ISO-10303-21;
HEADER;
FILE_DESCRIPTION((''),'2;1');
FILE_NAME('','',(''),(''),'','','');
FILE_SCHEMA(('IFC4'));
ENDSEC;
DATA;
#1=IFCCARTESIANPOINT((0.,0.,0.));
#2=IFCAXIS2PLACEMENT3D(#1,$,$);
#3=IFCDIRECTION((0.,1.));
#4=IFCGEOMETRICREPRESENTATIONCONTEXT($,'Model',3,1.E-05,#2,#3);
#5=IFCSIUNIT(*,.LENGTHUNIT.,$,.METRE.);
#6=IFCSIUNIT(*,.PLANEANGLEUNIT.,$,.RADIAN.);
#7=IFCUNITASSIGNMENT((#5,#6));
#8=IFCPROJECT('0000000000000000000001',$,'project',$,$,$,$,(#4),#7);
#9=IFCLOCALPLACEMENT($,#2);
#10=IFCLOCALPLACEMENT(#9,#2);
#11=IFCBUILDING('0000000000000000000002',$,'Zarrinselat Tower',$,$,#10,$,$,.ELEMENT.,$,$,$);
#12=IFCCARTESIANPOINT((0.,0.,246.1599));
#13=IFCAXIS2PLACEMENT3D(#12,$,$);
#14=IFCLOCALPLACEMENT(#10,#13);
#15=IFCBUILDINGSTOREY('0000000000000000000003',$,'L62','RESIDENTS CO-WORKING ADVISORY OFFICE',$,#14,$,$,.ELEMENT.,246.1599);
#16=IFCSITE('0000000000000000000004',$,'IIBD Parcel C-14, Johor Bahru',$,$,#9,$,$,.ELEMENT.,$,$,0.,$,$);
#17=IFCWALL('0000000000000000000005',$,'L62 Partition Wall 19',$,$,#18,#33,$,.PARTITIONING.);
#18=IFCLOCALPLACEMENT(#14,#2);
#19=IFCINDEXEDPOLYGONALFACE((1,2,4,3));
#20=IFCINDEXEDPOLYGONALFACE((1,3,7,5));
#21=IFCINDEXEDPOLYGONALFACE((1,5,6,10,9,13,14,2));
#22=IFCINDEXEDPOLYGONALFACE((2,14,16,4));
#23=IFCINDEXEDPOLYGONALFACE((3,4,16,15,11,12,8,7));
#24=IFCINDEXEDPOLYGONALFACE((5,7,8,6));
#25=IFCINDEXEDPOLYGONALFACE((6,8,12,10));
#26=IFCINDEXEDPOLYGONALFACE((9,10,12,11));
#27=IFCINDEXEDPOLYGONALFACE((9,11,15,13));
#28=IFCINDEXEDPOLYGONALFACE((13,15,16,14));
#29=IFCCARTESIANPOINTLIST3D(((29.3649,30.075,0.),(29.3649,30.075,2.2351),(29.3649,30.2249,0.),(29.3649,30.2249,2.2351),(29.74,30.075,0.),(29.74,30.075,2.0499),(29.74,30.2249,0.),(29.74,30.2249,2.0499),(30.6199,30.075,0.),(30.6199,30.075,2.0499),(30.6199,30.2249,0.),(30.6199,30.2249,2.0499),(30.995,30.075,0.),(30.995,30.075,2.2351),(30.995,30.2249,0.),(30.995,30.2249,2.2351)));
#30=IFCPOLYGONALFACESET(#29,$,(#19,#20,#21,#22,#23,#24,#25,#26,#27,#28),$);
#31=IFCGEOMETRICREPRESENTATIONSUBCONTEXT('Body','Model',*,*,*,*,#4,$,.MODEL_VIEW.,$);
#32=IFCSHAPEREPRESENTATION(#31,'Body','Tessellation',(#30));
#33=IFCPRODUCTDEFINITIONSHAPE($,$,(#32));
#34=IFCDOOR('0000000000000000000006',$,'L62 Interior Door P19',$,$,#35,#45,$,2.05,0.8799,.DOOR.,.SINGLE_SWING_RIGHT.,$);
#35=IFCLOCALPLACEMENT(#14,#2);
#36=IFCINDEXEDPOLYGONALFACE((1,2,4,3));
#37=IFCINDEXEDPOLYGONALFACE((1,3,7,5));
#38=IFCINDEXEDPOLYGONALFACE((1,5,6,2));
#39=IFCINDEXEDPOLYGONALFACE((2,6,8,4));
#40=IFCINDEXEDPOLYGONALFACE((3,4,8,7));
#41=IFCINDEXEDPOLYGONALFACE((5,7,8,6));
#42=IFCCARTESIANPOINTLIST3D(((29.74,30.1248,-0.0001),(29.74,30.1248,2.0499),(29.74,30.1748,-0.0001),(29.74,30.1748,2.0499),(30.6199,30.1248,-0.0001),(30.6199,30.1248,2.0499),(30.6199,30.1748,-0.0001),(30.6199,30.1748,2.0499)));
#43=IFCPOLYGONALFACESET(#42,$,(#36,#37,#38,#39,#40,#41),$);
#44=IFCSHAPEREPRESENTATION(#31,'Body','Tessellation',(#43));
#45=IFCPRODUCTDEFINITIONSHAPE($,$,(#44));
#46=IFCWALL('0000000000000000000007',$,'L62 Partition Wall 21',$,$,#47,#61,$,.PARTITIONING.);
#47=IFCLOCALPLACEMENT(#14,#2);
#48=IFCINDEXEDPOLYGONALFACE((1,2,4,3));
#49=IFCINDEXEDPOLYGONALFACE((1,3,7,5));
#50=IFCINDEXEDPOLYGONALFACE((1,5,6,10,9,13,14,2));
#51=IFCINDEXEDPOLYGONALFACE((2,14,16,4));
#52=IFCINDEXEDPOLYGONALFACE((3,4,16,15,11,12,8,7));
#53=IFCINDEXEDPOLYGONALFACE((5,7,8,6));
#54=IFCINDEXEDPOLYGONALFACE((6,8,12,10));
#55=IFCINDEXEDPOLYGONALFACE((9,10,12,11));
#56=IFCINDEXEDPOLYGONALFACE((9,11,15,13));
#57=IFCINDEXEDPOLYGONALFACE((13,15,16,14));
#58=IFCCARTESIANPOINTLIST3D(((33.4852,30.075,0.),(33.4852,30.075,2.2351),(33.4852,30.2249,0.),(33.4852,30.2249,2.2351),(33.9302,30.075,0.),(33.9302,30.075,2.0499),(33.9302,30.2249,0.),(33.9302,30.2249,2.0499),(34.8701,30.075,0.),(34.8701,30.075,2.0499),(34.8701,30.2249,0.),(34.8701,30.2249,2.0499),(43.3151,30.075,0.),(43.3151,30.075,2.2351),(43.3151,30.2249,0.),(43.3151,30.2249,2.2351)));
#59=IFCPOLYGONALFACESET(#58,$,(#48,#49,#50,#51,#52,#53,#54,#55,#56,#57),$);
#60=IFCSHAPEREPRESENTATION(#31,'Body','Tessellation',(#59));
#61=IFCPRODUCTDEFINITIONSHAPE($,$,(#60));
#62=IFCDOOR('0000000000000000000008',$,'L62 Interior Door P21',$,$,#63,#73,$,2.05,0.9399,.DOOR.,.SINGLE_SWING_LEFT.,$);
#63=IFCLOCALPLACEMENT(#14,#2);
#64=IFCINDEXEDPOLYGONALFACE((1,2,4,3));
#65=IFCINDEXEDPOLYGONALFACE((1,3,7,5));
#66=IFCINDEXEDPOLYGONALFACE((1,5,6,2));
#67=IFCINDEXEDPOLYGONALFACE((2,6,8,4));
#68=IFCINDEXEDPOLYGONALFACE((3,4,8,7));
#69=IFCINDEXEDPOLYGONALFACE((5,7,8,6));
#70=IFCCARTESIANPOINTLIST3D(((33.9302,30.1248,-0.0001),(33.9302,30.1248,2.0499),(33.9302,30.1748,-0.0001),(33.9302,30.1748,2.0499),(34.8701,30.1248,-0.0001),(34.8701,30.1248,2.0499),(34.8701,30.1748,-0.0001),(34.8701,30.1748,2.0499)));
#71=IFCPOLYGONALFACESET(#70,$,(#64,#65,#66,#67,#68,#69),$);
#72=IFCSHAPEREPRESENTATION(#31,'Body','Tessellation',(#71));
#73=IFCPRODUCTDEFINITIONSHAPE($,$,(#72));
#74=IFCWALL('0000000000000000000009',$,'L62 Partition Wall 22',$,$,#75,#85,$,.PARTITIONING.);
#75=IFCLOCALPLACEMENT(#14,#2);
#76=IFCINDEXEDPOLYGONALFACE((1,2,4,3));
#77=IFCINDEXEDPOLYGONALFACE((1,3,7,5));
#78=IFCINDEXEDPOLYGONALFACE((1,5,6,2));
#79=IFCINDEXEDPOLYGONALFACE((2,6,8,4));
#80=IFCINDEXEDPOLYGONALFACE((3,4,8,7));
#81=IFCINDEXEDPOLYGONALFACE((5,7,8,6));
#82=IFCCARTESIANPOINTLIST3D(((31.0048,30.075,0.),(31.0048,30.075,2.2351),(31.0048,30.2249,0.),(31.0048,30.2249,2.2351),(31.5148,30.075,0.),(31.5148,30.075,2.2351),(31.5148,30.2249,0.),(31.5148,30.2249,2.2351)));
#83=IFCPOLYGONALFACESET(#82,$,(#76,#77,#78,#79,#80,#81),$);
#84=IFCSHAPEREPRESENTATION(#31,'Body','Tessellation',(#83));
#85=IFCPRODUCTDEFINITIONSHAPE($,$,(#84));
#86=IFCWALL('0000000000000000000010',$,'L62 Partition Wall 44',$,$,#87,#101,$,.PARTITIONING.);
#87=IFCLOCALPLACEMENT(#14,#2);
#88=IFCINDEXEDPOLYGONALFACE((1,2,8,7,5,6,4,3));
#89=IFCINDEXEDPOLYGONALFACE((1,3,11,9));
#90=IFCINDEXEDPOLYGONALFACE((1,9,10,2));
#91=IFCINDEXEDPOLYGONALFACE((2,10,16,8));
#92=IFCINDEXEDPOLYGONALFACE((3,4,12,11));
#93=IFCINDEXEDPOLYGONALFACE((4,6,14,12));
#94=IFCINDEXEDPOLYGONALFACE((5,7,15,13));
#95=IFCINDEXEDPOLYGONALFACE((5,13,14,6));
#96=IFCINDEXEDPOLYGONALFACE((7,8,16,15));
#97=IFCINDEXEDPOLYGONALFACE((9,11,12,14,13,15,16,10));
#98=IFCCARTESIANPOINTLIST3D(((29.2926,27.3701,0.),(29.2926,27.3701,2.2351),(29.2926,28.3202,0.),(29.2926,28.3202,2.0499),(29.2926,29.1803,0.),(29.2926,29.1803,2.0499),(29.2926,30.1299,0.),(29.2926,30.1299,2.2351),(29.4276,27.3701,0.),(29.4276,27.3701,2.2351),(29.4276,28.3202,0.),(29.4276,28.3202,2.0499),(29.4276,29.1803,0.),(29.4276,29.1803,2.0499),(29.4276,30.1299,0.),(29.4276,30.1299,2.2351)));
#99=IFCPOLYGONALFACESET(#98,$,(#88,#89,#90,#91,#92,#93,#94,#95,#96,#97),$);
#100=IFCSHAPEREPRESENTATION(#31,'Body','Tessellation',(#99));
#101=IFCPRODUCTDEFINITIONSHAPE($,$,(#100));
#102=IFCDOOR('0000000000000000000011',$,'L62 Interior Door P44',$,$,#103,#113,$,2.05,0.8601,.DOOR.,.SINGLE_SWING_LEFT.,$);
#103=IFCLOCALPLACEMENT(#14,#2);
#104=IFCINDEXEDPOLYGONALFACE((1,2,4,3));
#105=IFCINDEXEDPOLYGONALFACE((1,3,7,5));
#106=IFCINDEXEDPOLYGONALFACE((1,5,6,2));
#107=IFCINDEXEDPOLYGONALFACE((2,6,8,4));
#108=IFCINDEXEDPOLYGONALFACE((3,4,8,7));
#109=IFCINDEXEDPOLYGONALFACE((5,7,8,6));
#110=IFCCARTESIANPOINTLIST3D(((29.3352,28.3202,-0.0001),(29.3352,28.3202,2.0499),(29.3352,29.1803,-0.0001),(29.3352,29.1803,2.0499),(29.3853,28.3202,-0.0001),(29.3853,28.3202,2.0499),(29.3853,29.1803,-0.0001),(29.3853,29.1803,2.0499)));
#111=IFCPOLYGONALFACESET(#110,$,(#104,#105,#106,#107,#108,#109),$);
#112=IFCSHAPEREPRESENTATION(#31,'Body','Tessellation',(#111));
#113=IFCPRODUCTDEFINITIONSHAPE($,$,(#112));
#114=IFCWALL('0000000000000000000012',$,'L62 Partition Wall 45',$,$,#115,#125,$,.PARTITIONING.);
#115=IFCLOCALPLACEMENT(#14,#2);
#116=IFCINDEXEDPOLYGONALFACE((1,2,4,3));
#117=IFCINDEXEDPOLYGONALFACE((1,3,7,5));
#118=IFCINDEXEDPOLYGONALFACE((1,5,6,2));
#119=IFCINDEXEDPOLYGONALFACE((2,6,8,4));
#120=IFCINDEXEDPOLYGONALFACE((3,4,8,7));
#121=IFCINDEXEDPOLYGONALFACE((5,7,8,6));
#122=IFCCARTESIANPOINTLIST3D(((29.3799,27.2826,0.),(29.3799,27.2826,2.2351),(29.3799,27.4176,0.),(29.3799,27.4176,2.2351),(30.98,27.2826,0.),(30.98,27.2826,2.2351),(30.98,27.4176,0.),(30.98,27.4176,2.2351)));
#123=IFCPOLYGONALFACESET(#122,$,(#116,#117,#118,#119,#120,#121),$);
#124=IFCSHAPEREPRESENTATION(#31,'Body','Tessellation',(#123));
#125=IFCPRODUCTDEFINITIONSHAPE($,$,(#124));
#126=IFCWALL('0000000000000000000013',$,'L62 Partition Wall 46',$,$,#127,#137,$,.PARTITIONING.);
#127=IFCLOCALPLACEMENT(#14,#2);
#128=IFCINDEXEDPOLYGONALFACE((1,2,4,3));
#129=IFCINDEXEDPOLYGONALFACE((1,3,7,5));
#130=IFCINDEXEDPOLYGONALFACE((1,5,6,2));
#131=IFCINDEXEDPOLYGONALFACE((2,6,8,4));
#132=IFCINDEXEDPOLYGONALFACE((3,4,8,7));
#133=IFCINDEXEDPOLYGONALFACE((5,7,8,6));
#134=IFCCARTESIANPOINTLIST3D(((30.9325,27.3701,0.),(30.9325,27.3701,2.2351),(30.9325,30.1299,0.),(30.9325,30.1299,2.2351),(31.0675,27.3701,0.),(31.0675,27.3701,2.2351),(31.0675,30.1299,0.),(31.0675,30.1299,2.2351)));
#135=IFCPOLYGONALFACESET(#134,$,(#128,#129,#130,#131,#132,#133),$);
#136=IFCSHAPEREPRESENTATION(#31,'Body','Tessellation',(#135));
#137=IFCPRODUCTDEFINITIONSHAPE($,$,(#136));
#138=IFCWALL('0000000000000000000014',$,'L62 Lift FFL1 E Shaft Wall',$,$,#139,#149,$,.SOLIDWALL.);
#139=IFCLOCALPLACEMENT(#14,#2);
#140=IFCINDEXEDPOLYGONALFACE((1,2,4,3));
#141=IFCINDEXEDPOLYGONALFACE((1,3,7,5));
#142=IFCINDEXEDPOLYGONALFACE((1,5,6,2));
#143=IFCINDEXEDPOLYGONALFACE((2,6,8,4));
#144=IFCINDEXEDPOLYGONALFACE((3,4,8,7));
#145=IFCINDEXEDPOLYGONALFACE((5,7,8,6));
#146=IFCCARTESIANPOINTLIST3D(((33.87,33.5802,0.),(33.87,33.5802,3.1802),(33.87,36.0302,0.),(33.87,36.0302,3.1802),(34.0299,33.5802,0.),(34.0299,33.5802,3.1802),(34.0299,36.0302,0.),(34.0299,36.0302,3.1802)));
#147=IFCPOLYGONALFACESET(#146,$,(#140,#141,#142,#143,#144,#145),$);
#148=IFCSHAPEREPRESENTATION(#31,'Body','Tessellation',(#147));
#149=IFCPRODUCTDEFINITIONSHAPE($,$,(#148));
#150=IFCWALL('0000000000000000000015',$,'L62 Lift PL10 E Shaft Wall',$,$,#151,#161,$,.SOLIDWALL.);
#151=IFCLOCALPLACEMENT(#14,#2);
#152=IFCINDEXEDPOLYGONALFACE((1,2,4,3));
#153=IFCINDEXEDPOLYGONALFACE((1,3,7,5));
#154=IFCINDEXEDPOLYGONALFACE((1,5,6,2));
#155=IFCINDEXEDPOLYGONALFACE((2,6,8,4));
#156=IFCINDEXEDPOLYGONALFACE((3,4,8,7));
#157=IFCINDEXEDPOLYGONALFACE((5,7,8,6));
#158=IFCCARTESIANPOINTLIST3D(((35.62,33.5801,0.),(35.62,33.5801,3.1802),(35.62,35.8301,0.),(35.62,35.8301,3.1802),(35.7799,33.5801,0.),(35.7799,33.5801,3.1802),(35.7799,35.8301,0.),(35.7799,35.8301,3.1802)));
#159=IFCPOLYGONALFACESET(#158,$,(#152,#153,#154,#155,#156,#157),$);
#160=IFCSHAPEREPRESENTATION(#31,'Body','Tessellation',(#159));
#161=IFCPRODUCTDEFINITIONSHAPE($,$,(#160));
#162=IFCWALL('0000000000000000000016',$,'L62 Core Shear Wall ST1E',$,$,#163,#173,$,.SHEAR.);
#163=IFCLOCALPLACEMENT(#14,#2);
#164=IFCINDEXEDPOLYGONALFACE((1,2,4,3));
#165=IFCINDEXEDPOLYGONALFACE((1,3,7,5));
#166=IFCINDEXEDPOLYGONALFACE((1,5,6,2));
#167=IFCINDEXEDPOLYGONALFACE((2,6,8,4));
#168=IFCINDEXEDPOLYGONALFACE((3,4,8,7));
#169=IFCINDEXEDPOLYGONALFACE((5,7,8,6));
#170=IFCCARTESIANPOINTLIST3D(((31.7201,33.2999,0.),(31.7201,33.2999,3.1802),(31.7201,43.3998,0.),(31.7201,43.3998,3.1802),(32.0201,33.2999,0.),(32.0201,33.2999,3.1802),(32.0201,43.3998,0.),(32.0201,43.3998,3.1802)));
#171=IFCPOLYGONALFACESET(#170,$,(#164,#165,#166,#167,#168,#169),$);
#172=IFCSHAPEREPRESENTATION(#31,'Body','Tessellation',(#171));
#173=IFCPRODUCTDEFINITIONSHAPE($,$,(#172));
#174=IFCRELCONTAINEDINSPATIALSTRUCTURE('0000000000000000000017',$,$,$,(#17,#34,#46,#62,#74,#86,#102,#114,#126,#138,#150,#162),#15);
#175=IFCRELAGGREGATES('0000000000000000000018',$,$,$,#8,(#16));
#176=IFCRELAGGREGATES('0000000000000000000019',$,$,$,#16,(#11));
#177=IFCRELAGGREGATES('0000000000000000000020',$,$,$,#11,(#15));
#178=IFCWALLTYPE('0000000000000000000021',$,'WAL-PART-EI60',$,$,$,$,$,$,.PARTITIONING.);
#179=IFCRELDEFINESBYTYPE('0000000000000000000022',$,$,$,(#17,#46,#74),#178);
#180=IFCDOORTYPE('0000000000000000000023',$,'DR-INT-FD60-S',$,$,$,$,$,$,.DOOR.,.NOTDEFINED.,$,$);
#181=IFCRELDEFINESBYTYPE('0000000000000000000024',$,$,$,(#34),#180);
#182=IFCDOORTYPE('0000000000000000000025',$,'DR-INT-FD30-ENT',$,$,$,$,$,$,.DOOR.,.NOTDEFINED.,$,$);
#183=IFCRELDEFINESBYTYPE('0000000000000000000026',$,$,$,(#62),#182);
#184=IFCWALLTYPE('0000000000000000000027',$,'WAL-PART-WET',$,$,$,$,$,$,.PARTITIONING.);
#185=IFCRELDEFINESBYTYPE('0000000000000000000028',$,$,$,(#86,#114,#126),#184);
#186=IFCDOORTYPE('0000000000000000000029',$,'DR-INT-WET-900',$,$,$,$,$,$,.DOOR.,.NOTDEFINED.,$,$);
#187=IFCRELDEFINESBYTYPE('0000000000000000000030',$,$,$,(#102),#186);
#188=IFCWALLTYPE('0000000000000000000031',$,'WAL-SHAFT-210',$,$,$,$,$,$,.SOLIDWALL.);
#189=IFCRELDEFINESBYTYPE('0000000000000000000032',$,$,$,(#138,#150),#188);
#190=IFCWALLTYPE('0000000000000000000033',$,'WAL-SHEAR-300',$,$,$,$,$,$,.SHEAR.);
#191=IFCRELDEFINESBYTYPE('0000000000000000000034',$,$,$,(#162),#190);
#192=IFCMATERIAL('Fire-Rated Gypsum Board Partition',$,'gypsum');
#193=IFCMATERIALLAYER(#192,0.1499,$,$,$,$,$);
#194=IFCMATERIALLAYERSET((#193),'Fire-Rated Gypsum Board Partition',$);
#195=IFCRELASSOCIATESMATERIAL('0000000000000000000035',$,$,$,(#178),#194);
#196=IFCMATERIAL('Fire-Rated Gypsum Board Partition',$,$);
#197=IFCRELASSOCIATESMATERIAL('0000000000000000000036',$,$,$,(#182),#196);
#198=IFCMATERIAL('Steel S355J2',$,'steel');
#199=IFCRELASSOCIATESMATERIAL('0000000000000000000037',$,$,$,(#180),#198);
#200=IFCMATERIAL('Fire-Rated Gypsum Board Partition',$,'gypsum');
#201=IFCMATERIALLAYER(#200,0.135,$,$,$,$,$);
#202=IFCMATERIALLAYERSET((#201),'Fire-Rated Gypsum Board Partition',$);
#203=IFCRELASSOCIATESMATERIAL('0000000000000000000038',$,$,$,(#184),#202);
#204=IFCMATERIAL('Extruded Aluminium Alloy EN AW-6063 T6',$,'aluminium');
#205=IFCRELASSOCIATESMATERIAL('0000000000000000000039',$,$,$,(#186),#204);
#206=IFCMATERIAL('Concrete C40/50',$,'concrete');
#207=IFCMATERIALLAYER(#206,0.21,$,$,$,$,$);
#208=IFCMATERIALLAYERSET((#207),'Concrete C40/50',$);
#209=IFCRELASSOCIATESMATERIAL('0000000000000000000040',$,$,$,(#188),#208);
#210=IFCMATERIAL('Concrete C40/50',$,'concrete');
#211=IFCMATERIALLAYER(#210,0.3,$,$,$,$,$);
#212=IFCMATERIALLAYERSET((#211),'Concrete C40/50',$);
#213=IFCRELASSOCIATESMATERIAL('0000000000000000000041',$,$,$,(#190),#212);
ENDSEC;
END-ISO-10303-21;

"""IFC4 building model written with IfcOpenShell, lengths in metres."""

from ifc_helpers import new_model, si_unit, direction, frame, frame_2d, origin, place, context, subcontext, project, spatial, rectangle, extrude, material, layer, layer_set, type_object, element, fill, save


model = new_model("IFC4")

# Units and contexts
model_context = context("Model", 3, precision=1e-05, world=origin(), true_north=direction((0.0, 1.0)))
body_context = subcontext(model_context, "Body", "Model", "MODEL_VIEW")
ifc_project = project(units=[si_unit("LENGTHUNIT", "METRE"), si_unit("PLANEANGLEUNIT", "RADIAN")], contexts=[model_context])

# Site, building, storey
site_placement = place(None, origin())
site = spatial("IfcSite", under=ifc_project, at=site_placement, Name="IIBD Parcel C-14, Johor Bahru", CompositionType="ELEMENT", RefElevation=0.0)
building_placement = place(site_placement, origin())
building = spatial("IfcBuilding", under=site, at=building_placement, Name="Zarrinselat Tower", CompositionType="ELEMENT")
storey_placement = place(building_placement, frame((0.0, 0.0, 246.1599)))
storey = spatial("IfcBuildingStorey", under=building, at=storey_placement, Name="L62", Description="RESIDENTS CO-WORKING ADVISORY OFFICE", CompositionType="ELEMENT", Elevation=246.1599)

# Walls, openings, doors
ifc_material_1 = material(Name="Fire-Rated Gypsum Board Partition", Category="gypsum")
ifc_layer_1 = layer(ifc_material_1, 0.1499)
ifc_layer_set_1 = layer_set([ifc_layer_1], Name="Fire-Rated Gypsum Board Partition")
wall_type_1 = type_object("IfcWallType", Name="WAL-PART-EI60", PredefinedType="PARTITIONING", material=ifc_layer_set_1)
ifc_material_2 = material(Name="Fire-Rated Gypsum Board Partition")
door_type_1 = type_object("IfcDoorType", Name="DR-INT-FD30-ENT", OperationType="NOTDEFINED", PredefinedType="DOOR", material=ifc_material_2)
wall_1_placement = place(storey_placement, frame((29.365, 30.1499, 0.0), z_axis=(0.0, 0.0, 1.0), x_axis=(1.0, 0.0, 0.0)))
wall_1 = element("IfcWall", 1, at=wall_1_placement, inside=storey, type_object=wall_type_1, Name="L62 Partition Wall 19", PredefinedType="PARTITIONING", context=body_context, shape_type="SweptSolid", body=[
    extrude(rectangle(XDim=1.6301, YDim=0.1499, at=frame_2d((0.8149, 0.0))), origin(), (0.0, 0.0, 1.0), 2.2351),
])
opening_1_placement = place(wall_1_placement, frame((0.375, 0.0, 0.0)))
opening_1 = element("IfcOpeningElement", 2, at=opening_1_placement, cuts=wall_1, PredefinedType="OPENING", context=body_context, shape_type="SweptSolid", body=[
    extrude(rectangle(XDim=0.8799, YDim=2.05, at=frame_2d((0.4399, 1.0249))), frame((0.0, 0.085, 0.0), z_axis=(0.0, -1.0, 0.0), x_axis=(1.0, 0.0, 0.0)), (0.0, 0.0, 1.0), 0.1699),
])
ifc_material_3 = material(Name="Steel S355J2", Category="steel")
door_type_2 = type_object("IfcDoorType", Name="DR-INT-FD60-S", OperationType="NOTDEFINED", PredefinedType="DOOR", material=ifc_material_3)
door_1_placement = place(opening_1_placement, origin())
door_1 = element("IfcDoor", 3, at=door_1_placement, inside=storey, type_object=door_type_2, Name="L62 Interior Door P19", OperationType="SINGLE_SWING_RIGHT", OverallHeight=2.05, OverallWidth=0.8799, PredefinedType="DOOR", context=body_context, shape_type="SweptSolid", body=[
    extrude(rectangle(XDim=0.8799, YDim=2.05, at=frame_2d((0.4399, 1.0249))), frame((0.0, 0.0249, 0.0), z_axis=(0.0, -1.0, 0.0), x_axis=(1.0, 0.0, 0.0)), (0.0, 0.0, 1.0), 0.05),
])
fill(opening_1, door_1)
wall_2_placement = place(storey_placement, frame((33.4851, 30.1499, 0.0), z_axis=(0.0, 0.0, 1.0), x_axis=(1.0, 0.0, 0.0)))
wall_2 = element("IfcWall", 4, at=wall_2_placement, inside=storey, type_object=wall_type_1, Name="L62 Partition Wall 21", PredefinedType="PARTITIONING", context=body_context, shape_type="SweptSolid", body=[
    extrude(rectangle(XDim=9.8298, YDim=0.1499, at=frame_2d((4.915, 0.0))), origin(), (0.0, 0.0, 1.0), 2.2351),
])
opening_2_placement = place(wall_2_placement, frame((0.4451, 0.0, 0.0)))
opening_2 = element("IfcOpeningElement", 5, at=opening_2_placement, cuts=wall_2, PredefinedType="OPENING", context=body_context, shape_type="SweptSolid", body=[
    extrude(rectangle(XDim=0.9399, YDim=2.05, at=frame_2d((0.47, 1.0249))), frame((0.0, 0.085, 0.0), z_axis=(0.0, -1.0, 0.0), x_axis=(1.0, 0.0, 0.0)), (0.0, 0.0, 1.0), 0.1699),
])
door_2_placement = place(opening_2_placement, origin())
door_2 = element("IfcDoor", 6, at=door_2_placement, inside=storey, type_object=door_type_1, Name="L62 Interior Door P21", OperationType="SINGLE_SWING_LEFT", OverallHeight=2.05, OverallWidth=0.9399, PredefinedType="DOOR", context=body_context, shape_type="SweptSolid", body=[
    extrude(rectangle(XDim=0.9399, YDim=2.05, at=frame_2d((0.47, 1.0249))), frame((0.0, 0.0249, 0.0), z_axis=(0.0, -1.0, 0.0), x_axis=(1.0, 0.0, 0.0)), (0.0, 0.0, 1.0), 0.05),
])
fill(opening_2, door_2)

# Wall
wall_3_placement = place(storey_placement, frame((31.0049, 30.1499, 0.0), z_axis=(0.0, 0.0, 1.0), x_axis=(1.0, 0.0, 0.0)))
element("IfcWall", 7, at=wall_3_placement, inside=storey, type_object=wall_type_1, Name="L62 Partition Wall 22", PredefinedType="PARTITIONING", context=body_context, shape_type="SweptSolid", body=[
    extrude(rectangle(XDim=0.51, YDim=0.1499, at=frame_2d((0.2549, 0.0))), origin(), (0.0, 0.0, 1.0), 2.2351),
])

# Wall, opening, door
ifc_material_4 = material(Name="Fire-Rated Gypsum Board Partition", Category="gypsum")
ifc_layer_2 = layer(ifc_material_4, 0.135)
ifc_layer_set_2 = layer_set([ifc_layer_2], Name="Fire-Rated Gypsum Board Partition")
wall_type_2 = type_object("IfcWallType", Name="WAL-PART-WET", PredefinedType="PARTITIONING", material=ifc_layer_set_2)
wall_4_placement = place(storey_placement, frame((29.3601, 27.3701, 0.0), z_axis=(0.0, 0.0, 1.0), x_axis=(0.0, 1.0, 0.0)))
wall_4 = element("IfcWall", 8, at=wall_4_placement, inside=storey, type_object=wall_type_2, Name="L62 Partition Wall 44", PredefinedType="PARTITIONING", context=body_context, shape_type="SweptSolid", body=[
    extrude(rectangle(XDim=2.7598, YDim=0.135, at=frame_2d((1.3799, 0.0))), origin(), (0.0, 0.0, 1.0), 2.2351),
])
opening_3_placement = place(wall_4_placement, frame((0.95, 0.0, 0.0)))
opening_3 = element("IfcOpeningElement", 9, at=opening_3_placement, cuts=wall_4, PredefinedType="OPENING", context=body_context, shape_type="SweptSolid", body=[
    extrude(rectangle(XDim=0.8601, YDim=2.05, at=frame_2d((0.4302, 1.0249))), frame((0.0, 0.0774, 0.0), z_axis=(0.0, -1.0, 0.0), x_axis=(1.0, 0.0, 0.0)), (0.0, 0.0, 1.0), 0.155),
])
ifc_material_5 = material(Name="Extruded Aluminium Alloy EN AW-6063 T6", Category="aluminium")
door_type_3 = type_object("IfcDoorType", Name="DR-INT-WET-900", OperationType="NOTDEFINED", PredefinedType="DOOR", material=ifc_material_5)
door_3_placement = place(opening_3_placement, origin())
door_3 = element("IfcDoor", 10, at=door_3_placement, inside=storey, type_object=door_type_3, Name="L62 Interior Door P44", OperationType="SINGLE_SWING_LEFT", OverallHeight=2.05, OverallWidth=0.8601, PredefinedType="DOOR", context=body_context, shape_type="SweptSolid", body=[
    extrude(rectangle(XDim=0.8601, YDim=2.05, at=frame_2d((0.4302, 1.0249))), frame((0.0, 0.0249, 0.0), z_axis=(0.0, -1.0, 0.0), x_axis=(1.0, 0.0, 0.0)), (0.0, 0.0, 1.0), 0.05),
])
fill(opening_3, door_3)

# Walls
wall_5_placement = place(storey_placement, frame((29.3799, 27.3501, 0.0), z_axis=(0.0, 0.0, 1.0), x_axis=(1.0, 0.0, 0.0)))
element("IfcWall", 11, at=wall_5_placement, inside=storey, type_object=wall_type_2, Name="L62 Partition Wall 45", PredefinedType="PARTITIONING", context=body_context, shape_type="SweptSolid", body=[
    extrude(rectangle(XDim=1.6001, YDim=0.135, at=frame_2d((0.8, 0.0))), origin(), (0.0, 0.0, 1.0), 2.2351),
])
wall_6_placement = place(storey_placement, frame((31.0, 27.3701, 0.0), z_axis=(0.0, 0.0, 1.0), x_axis=(0.0, 1.0, 0.0)))
element("IfcWall", 12, at=wall_6_placement, inside=storey, type_object=wall_type_2, Name="L62 Partition Wall 46", PredefinedType="PARTITIONING", context=body_context, shape_type="SweptSolid", body=[
    extrude(rectangle(XDim=2.7598, YDim=0.135, at=frame_2d((1.3799, 0.0))), origin(), (0.0, 0.0, 1.0), 2.2351),
])
ifc_material_6 = material(Name="Concrete C40/50", Category="concrete")
ifc_layer_3 = layer(ifc_material_6, 0.21)
ifc_layer_set_3 = layer_set([ifc_layer_3], Name="Concrete C40/50")
wall_type_3 = type_object("IfcWallType", Name="WAL-SHAFT-210", PredefinedType="SOLIDWALL", material=ifc_layer_set_3)
wall_7_placement = place(storey_placement, frame((33.95, 33.5801, 0.0), z_axis=(0.0, 0.0, 1.0), x_axis=(0.0, 1.0, 0.0)))
element("IfcWall", 13, at=wall_7_placement, inside=storey, type_object=wall_type_3, Name="L62 Lift FFL1 E Shaft Wall", PredefinedType="SOLIDWALL", context=body_context, shape_type="SweptSolid", body=[
    extrude(rectangle(XDim=2.45, YDim=0.1599, at=frame_2d((1.2251, 0.0))), origin(), (0.0, 0.0, 1.0), 3.1802),
])
wall_8_placement = place(storey_placement, frame((35.7, 33.5801, 0.0), z_axis=(0.0, 0.0, 1.0), x_axis=(0.0, 1.0, 0.0)))
element("IfcWall", 14, at=wall_8_placement, inside=storey, type_object=wall_type_3, Name="L62 Lift PL10 E Shaft Wall", PredefinedType="SOLIDWALL", context=body_context, shape_type="SweptSolid", body=[
    extrude(rectangle(XDim=2.25, YDim=0.1599, at=frame_2d((1.125, 0.0))), origin(), (0.0, 0.0, 1.0), 3.1802),
])
ifc_material_7 = material(Name="Concrete C40/50", Category="concrete")
ifc_layer_4 = layer(ifc_material_7, 0.3)
ifc_layer_set_4 = layer_set([ifc_layer_4], Name="Concrete C40/50")
wall_type_4 = type_object("IfcWallType", Name="WAL-SHEAR-300", PredefinedType="SHEAR", material=ifc_layer_set_4)
wall_9_placement = place(storey_placement, frame((31.8701, 33.3, 0.0), z_axis=(0.0, 0.0, 1.0), x_axis=(0.0, 1.0, 0.0)))
element("IfcWall", 15, at=wall_9_placement, inside=storey, type_object=wall_type_4, Name="L62 Core Shear Wall ST1E", PredefinedType="SHEAR", context=body_context, shape_type="SweptSolid", body=[
    extrude(rectangle(XDim=10.0999, YDim=0.3, at=frame_2d((5.0498, 0.0))), origin(), (0.0, 0.0, 1.0), 3.1802),
])

save(model, "model.ifc")
